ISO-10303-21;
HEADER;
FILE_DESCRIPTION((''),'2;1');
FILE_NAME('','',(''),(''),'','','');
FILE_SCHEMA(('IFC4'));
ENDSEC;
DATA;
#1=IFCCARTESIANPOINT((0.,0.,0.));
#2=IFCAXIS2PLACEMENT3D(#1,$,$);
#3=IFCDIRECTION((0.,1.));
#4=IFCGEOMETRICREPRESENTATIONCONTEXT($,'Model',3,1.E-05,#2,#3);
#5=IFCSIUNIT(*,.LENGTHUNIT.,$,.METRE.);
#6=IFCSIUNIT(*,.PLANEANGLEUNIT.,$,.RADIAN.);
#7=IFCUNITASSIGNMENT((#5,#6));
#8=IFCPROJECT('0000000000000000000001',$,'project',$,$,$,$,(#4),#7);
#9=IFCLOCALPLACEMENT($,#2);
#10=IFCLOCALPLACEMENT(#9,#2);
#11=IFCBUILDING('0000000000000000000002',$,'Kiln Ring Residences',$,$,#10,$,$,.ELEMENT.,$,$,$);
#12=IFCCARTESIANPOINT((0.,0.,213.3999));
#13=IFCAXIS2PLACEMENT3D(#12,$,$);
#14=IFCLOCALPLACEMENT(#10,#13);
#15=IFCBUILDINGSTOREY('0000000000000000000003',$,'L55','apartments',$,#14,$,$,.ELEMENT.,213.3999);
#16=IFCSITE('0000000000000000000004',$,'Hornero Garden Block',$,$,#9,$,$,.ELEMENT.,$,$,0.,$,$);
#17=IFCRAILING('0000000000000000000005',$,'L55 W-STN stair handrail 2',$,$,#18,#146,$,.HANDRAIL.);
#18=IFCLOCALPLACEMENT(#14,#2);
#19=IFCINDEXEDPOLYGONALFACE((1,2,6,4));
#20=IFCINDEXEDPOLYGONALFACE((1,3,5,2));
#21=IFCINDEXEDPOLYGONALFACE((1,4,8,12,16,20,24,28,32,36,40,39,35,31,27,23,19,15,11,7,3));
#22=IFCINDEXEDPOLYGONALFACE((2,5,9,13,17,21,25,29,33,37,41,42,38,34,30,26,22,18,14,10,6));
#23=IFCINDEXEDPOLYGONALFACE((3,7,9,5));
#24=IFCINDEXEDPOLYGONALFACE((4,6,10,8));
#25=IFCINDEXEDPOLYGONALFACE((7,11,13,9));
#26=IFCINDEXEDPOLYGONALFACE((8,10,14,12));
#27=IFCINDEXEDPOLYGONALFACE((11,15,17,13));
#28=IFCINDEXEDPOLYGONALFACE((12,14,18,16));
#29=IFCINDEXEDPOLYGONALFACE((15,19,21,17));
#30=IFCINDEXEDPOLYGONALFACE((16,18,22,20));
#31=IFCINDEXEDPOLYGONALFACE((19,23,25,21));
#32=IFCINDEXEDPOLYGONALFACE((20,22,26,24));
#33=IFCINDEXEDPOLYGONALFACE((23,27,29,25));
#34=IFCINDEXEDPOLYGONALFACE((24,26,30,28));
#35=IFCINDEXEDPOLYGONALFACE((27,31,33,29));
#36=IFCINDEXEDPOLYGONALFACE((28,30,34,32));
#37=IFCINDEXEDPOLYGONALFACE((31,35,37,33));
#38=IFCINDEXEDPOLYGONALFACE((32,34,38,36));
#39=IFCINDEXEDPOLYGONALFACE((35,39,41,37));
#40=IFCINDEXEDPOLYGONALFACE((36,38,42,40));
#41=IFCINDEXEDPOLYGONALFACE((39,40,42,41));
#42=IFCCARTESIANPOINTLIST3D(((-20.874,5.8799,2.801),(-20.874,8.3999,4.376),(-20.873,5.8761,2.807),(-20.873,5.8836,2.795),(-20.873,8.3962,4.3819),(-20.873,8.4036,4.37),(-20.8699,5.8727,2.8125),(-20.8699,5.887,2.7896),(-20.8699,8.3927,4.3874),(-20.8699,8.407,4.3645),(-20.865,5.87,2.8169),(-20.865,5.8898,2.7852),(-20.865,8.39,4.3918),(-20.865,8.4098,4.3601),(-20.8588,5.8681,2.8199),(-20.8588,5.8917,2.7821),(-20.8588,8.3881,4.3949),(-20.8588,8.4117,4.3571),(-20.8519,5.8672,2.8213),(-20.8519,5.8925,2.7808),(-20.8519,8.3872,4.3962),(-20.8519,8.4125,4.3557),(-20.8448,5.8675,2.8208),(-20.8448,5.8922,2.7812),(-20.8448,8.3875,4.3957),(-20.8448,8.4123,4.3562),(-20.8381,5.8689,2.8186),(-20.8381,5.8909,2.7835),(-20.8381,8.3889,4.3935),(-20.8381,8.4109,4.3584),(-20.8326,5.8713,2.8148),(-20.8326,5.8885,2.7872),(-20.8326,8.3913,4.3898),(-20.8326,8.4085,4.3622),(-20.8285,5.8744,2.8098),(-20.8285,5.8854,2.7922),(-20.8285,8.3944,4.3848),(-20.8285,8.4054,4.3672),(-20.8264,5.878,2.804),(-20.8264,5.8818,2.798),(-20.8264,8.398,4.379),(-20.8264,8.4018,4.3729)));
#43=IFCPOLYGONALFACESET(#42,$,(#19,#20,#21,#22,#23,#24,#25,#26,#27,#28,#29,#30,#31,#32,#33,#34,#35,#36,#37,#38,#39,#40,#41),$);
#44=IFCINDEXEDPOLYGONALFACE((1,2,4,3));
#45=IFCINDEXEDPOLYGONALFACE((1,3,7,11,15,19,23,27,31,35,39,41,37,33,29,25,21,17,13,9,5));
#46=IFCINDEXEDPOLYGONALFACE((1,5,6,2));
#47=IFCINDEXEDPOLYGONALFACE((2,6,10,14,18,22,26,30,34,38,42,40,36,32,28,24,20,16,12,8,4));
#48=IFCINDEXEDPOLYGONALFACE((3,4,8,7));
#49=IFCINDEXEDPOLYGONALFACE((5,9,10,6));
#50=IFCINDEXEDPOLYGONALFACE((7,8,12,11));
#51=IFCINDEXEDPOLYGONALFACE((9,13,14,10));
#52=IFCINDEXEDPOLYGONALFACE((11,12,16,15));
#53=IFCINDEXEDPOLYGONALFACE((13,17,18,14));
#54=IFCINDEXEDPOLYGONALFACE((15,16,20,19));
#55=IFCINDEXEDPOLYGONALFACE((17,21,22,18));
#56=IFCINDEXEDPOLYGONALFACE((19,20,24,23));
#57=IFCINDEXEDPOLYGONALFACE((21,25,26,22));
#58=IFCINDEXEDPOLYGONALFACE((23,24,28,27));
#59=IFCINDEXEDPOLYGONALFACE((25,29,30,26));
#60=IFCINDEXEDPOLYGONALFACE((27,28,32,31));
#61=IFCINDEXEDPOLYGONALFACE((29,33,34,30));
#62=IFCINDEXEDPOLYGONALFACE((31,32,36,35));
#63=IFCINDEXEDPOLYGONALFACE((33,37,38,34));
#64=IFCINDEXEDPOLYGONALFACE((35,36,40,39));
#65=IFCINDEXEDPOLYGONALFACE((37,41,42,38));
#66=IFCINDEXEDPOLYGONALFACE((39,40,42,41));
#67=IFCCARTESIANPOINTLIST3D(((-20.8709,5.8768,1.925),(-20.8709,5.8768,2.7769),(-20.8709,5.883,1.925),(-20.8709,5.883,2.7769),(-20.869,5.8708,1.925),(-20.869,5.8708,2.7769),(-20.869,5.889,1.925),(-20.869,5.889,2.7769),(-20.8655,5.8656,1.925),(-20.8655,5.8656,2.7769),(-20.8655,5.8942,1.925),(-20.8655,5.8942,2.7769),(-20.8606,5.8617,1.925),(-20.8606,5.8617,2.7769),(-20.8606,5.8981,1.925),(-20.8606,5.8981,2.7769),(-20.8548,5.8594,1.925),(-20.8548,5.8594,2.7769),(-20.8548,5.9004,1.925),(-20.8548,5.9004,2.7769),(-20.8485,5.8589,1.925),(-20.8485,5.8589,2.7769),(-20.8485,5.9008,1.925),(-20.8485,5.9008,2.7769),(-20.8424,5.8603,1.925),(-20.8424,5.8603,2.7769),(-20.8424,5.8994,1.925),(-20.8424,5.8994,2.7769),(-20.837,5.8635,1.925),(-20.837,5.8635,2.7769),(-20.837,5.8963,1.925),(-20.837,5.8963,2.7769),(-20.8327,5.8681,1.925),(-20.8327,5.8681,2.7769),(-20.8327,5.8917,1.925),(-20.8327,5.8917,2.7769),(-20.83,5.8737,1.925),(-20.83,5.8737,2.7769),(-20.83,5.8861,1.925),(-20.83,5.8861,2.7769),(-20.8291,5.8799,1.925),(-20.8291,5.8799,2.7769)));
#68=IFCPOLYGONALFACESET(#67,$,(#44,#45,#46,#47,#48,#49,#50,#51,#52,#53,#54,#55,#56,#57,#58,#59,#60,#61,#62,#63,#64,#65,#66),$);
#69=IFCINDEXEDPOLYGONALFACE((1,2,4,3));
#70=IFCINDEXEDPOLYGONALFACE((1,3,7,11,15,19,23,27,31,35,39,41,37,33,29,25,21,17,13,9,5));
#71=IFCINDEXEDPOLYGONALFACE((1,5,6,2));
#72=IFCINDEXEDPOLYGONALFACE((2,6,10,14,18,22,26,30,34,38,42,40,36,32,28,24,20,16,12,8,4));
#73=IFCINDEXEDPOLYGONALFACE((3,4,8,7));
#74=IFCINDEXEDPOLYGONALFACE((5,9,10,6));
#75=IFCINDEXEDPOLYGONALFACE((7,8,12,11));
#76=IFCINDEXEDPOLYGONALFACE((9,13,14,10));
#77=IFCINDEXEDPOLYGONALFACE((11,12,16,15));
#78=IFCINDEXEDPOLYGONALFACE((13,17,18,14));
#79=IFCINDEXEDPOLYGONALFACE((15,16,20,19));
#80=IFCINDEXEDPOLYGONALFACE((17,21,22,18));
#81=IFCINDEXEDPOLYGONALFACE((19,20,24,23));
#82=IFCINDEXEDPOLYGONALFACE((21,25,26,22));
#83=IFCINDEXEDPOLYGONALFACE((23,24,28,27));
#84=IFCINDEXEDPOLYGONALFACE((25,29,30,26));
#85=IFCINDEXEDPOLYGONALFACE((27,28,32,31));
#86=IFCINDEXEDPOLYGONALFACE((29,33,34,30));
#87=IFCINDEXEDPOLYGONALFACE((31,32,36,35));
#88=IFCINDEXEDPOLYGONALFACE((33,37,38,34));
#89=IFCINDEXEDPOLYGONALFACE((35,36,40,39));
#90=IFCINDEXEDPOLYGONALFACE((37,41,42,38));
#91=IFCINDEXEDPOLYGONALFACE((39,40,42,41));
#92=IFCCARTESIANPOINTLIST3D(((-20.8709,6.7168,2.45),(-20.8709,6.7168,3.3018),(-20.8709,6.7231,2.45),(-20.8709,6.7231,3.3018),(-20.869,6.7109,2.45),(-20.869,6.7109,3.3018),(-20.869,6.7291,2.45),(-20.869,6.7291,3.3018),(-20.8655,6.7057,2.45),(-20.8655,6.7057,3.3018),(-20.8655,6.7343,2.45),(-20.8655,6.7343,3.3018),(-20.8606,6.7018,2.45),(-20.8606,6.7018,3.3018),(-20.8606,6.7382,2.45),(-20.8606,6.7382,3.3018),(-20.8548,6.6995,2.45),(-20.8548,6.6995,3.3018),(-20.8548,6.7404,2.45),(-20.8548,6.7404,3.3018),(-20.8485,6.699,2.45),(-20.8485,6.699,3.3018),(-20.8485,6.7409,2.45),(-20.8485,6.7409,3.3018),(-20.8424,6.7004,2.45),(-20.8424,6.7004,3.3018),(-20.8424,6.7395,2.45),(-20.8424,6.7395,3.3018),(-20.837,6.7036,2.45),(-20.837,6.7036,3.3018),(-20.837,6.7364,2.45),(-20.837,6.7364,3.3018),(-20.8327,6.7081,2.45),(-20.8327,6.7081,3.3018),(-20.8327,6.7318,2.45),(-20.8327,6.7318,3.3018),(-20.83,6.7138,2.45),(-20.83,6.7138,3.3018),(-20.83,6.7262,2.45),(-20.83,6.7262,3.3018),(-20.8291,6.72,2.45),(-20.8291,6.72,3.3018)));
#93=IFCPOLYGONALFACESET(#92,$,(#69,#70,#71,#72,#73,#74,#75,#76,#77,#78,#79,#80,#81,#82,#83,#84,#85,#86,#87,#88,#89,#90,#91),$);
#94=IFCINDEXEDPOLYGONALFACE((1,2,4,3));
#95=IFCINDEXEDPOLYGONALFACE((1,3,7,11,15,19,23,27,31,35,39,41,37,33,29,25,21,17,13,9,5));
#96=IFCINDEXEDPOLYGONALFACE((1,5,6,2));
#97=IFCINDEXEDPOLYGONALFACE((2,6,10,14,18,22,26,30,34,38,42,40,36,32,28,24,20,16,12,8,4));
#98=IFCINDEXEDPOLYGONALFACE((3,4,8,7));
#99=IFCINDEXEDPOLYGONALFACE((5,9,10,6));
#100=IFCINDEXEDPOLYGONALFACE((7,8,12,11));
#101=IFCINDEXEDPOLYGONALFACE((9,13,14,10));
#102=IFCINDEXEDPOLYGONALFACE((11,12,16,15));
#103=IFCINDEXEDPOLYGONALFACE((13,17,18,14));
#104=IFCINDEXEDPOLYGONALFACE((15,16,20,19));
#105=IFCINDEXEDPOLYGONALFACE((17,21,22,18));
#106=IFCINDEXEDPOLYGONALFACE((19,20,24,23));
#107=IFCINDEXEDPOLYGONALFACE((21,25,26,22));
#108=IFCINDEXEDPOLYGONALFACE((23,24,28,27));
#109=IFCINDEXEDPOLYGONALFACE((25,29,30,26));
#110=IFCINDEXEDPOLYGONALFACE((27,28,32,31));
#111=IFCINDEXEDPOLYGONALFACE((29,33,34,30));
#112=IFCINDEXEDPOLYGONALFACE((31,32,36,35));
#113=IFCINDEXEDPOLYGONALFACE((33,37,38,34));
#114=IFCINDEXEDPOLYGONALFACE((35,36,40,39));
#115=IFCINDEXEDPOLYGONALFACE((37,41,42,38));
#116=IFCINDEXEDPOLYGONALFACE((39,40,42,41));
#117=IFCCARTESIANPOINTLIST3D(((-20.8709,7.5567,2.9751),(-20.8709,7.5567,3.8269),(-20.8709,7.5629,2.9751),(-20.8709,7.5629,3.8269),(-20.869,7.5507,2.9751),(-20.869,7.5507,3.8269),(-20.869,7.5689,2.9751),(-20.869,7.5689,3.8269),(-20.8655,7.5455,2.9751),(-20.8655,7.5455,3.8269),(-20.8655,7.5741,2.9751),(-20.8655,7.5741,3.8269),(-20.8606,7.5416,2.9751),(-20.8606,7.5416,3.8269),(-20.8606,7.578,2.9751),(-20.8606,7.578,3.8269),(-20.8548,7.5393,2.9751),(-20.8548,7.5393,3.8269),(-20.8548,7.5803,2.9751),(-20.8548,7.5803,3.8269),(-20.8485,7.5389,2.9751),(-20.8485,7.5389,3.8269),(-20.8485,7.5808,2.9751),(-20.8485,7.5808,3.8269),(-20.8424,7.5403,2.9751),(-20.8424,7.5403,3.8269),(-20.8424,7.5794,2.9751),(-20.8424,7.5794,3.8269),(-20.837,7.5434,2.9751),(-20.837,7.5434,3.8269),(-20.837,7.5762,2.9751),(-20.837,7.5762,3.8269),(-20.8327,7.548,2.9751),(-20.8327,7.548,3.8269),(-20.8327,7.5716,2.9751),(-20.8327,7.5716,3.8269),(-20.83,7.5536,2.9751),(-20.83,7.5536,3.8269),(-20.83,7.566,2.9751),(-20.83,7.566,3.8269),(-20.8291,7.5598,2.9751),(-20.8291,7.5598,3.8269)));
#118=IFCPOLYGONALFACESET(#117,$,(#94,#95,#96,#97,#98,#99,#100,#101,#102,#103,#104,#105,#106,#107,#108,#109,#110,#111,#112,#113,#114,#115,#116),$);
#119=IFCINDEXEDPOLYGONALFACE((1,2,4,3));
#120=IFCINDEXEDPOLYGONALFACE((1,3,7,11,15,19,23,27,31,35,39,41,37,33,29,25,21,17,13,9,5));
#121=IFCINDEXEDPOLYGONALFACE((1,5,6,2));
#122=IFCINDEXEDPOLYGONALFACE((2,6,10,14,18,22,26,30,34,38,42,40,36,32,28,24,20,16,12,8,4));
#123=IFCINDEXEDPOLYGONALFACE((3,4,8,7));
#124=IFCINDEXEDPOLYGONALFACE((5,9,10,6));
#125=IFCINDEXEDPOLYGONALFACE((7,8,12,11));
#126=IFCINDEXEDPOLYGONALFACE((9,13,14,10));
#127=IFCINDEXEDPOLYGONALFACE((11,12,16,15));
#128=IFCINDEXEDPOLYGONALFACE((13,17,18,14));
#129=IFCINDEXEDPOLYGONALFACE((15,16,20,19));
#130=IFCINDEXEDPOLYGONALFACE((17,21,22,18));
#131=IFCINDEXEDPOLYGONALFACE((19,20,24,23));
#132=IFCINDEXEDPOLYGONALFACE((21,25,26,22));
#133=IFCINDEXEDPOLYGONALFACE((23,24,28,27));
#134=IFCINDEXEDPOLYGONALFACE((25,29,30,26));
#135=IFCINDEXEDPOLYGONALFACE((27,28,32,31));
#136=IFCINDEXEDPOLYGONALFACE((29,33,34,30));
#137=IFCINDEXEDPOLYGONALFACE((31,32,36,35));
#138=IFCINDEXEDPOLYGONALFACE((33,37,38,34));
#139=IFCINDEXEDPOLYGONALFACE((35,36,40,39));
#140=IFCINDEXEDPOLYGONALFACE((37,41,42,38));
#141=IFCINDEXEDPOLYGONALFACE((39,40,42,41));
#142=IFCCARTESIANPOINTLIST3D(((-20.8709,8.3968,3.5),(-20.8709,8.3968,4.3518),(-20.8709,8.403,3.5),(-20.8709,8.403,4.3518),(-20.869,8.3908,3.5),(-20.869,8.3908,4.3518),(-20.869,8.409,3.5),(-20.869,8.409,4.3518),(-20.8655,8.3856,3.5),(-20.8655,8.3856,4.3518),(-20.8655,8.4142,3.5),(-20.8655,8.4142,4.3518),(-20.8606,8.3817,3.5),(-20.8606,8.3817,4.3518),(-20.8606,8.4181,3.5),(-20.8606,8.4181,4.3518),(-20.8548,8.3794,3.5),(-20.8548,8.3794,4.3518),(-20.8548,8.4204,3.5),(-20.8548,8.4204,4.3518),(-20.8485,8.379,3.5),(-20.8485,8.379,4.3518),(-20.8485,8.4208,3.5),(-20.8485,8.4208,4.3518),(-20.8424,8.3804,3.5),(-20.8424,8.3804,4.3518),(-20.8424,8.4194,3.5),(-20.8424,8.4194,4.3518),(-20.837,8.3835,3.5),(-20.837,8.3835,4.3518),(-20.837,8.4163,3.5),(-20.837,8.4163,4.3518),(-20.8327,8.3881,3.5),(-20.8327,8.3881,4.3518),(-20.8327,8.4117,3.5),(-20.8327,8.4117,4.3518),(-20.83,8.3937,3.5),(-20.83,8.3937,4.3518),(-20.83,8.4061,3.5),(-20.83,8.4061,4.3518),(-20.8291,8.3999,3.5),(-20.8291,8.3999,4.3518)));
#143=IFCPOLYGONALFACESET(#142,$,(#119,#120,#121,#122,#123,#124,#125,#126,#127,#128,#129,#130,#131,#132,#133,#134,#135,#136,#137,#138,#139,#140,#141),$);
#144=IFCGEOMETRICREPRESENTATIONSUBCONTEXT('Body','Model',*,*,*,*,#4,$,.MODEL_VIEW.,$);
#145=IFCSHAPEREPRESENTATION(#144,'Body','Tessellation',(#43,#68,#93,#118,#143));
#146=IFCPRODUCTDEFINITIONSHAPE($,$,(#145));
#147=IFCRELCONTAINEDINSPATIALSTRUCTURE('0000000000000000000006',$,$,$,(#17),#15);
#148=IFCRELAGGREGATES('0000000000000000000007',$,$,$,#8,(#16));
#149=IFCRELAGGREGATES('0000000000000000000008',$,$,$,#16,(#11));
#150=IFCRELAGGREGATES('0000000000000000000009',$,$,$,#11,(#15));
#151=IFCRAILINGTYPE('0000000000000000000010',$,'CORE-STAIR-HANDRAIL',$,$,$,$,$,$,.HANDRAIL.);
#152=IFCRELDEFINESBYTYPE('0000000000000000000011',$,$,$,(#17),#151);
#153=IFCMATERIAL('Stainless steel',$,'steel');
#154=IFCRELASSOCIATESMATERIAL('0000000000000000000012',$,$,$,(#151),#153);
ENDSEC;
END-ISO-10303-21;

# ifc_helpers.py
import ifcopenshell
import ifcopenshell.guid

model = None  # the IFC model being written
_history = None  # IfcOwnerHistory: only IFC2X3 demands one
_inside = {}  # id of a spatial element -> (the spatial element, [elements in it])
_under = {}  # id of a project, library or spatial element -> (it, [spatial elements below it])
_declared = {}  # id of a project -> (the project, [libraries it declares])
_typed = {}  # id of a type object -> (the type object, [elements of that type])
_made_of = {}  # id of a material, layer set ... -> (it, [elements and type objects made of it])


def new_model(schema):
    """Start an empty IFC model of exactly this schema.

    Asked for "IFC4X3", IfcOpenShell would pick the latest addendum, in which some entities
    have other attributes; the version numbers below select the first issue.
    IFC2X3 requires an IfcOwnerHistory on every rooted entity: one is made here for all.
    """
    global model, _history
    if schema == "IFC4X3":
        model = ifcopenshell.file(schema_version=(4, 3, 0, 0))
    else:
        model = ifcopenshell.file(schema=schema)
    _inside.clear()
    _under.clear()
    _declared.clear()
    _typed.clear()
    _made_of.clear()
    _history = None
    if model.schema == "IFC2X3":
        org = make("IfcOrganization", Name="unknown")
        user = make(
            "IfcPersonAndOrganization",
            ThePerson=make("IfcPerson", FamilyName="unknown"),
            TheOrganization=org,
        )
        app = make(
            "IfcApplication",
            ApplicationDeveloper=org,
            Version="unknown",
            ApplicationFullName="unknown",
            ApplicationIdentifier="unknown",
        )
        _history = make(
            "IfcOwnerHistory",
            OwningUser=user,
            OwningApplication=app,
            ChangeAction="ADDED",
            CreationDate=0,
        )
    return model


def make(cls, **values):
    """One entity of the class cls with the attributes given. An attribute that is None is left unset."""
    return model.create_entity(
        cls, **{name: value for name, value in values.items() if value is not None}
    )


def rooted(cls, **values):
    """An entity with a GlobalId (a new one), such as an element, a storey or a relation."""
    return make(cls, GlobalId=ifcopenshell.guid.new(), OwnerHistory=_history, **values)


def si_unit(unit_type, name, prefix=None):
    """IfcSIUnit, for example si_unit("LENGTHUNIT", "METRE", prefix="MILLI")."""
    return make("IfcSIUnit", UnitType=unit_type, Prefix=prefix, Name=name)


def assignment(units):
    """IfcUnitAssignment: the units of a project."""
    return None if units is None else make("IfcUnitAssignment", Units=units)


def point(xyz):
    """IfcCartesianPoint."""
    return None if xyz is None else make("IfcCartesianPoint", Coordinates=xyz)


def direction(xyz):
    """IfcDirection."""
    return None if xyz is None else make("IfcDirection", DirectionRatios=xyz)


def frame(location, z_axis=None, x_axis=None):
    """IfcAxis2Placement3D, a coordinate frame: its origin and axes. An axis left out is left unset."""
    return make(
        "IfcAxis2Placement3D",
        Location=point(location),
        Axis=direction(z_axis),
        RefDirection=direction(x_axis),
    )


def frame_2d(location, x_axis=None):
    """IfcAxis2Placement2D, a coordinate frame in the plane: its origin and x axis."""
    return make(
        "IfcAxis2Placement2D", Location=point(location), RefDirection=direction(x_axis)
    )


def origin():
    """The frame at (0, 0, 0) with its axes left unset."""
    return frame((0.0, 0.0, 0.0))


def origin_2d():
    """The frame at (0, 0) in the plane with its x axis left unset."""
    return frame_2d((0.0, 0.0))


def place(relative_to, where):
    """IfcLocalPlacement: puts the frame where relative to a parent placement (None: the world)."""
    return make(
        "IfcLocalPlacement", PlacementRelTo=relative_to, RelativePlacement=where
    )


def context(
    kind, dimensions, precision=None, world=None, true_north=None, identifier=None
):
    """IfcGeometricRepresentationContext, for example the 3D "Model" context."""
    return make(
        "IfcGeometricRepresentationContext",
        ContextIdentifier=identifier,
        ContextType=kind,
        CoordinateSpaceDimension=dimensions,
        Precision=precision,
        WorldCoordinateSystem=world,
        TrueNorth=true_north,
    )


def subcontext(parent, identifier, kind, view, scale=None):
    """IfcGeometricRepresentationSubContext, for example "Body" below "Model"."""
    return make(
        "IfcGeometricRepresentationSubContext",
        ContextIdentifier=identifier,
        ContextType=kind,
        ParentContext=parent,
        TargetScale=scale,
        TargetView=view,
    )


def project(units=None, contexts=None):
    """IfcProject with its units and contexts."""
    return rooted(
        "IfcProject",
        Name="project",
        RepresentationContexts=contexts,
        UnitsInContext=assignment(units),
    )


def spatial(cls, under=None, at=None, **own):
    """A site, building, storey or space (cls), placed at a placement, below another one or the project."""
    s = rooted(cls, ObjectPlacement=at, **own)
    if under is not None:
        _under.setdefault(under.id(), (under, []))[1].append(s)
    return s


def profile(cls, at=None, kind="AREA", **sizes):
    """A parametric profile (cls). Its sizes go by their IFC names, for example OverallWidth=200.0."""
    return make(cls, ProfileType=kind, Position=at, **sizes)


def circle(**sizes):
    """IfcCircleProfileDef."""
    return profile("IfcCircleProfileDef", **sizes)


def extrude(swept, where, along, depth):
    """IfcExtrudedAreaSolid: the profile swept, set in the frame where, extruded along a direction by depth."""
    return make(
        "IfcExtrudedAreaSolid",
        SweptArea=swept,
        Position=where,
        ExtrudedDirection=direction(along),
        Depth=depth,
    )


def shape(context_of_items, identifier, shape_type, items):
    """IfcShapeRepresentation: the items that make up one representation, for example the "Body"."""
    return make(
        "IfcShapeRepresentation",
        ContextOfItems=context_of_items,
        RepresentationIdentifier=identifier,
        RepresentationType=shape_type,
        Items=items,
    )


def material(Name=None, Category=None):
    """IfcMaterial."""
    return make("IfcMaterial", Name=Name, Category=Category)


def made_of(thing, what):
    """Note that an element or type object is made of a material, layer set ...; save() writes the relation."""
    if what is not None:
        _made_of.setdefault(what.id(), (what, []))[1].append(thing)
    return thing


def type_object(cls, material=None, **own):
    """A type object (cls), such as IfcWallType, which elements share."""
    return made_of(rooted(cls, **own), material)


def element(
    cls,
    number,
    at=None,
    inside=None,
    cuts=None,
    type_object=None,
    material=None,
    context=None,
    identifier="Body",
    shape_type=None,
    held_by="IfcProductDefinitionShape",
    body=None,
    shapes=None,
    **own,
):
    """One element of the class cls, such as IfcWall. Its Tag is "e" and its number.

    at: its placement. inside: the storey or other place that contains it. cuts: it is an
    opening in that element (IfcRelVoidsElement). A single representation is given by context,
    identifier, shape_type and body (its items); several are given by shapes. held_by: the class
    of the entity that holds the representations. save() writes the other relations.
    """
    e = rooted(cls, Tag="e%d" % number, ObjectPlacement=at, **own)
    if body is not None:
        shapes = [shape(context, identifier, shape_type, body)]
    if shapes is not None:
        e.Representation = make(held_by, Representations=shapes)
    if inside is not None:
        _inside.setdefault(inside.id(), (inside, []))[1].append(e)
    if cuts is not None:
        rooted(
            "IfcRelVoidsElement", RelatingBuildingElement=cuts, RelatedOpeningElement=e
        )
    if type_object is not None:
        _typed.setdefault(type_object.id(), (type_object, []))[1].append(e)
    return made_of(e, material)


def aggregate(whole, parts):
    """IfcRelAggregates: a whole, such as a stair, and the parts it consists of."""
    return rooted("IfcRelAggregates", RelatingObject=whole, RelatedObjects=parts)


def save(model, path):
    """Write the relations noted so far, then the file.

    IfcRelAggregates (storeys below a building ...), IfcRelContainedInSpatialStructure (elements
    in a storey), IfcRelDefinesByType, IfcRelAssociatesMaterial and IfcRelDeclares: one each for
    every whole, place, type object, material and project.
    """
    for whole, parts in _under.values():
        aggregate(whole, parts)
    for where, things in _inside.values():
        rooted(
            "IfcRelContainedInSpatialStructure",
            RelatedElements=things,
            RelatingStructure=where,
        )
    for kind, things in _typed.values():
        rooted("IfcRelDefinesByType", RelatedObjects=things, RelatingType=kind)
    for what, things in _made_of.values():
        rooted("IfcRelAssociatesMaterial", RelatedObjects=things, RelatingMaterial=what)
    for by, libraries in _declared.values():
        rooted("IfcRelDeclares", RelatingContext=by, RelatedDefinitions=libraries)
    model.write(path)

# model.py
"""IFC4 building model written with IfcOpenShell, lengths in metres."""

from ifc_helpers import new_model, si_unit, direction, frame, origin, origin_2d, place, context, subcontext, project, spatial, circle, extrude, material, type_object, element, save


model = new_model("IFC4")

# Units and contexts
model_context = context("Model", 3, precision=1e-05, world=origin(), true_north=direction((0.0, 1.0)))
body_context = subcontext(model_context, "Body", "Model", "MODEL_VIEW")
ifc_project = project(units=[si_unit("LENGTHUNIT", "METRE"), si_unit("PLANEANGLEUNIT", "RADIAN")], contexts=[model_context])

# Site, building, storey
site_placement = place(None, origin())
site = spatial("IfcSite", under=ifc_project, at=site_placement, Name="Hornero Garden Block", CompositionType="ELEMENT", RefElevation=0.0)
building_placement = place(site_placement, origin())
building = spatial("IfcBuilding", under=site, at=building_placement, Name="Kiln Ring Residences", CompositionType="ELEMENT")
storey_placement = place(building_placement, frame((0.0, 0.0, 213.3999)))
storey = spatial("IfcBuildingStorey", under=building, at=storey_placement, Name="L55", Description="apartments", CompositionType="ELEMENT", Elevation=213.3999)

# Railing
ifc_material_1 = material(Name="Stainless steel", Category="steel")
railing_type_1 = type_object("IfcRailingType", Name="CORE-STAIR-HANDRAIL", PredefinedType="HANDRAIL", material=ifc_material_1)
railing_1_placement = place(storey_placement, frame((-20.8501, 5.8799, 1.925)))
element("IfcRailing", 1, at=railing_1_placement, inside=storey, type_object=railing_type_1, Name="L55 W-STN stair handrail 2", PredefinedType="HANDRAIL", context=body_context, shape_type="SweptSolid", body=[
    extrude(circle(Radius=0.0239, at=origin_2d()), frame((0.0, 0.0, 0.876), z_axis=(0.0, 0.848008, 0.529984), x_axis=(-1.0, 0.0, 0.0)), (0.0, 0.0, 1.0), 2.9717),
    extrude(circle(Radius=0.021, at=origin_2d()), origin(), (0.0, 0.0, 1.0), 0.8518),
    extrude(circle(Radius=0.021, at=origin_2d()), frame((0.0, 0.8401, 0.5249)), (0.0, 0.0, 1.0), 0.8518),
    extrude(circle(Radius=0.021, at=origin_2d()), frame((0.0, 1.6799, 1.05)), (0.0, 0.0, 1.0), 0.8518),
    extrude(circle(Radius=0.021, at=origin_2d()), frame((0.0, 2.52, 1.575)), (0.0, 0.0, 1.0), 0.8518),
])

save(model, "model.ifc")
